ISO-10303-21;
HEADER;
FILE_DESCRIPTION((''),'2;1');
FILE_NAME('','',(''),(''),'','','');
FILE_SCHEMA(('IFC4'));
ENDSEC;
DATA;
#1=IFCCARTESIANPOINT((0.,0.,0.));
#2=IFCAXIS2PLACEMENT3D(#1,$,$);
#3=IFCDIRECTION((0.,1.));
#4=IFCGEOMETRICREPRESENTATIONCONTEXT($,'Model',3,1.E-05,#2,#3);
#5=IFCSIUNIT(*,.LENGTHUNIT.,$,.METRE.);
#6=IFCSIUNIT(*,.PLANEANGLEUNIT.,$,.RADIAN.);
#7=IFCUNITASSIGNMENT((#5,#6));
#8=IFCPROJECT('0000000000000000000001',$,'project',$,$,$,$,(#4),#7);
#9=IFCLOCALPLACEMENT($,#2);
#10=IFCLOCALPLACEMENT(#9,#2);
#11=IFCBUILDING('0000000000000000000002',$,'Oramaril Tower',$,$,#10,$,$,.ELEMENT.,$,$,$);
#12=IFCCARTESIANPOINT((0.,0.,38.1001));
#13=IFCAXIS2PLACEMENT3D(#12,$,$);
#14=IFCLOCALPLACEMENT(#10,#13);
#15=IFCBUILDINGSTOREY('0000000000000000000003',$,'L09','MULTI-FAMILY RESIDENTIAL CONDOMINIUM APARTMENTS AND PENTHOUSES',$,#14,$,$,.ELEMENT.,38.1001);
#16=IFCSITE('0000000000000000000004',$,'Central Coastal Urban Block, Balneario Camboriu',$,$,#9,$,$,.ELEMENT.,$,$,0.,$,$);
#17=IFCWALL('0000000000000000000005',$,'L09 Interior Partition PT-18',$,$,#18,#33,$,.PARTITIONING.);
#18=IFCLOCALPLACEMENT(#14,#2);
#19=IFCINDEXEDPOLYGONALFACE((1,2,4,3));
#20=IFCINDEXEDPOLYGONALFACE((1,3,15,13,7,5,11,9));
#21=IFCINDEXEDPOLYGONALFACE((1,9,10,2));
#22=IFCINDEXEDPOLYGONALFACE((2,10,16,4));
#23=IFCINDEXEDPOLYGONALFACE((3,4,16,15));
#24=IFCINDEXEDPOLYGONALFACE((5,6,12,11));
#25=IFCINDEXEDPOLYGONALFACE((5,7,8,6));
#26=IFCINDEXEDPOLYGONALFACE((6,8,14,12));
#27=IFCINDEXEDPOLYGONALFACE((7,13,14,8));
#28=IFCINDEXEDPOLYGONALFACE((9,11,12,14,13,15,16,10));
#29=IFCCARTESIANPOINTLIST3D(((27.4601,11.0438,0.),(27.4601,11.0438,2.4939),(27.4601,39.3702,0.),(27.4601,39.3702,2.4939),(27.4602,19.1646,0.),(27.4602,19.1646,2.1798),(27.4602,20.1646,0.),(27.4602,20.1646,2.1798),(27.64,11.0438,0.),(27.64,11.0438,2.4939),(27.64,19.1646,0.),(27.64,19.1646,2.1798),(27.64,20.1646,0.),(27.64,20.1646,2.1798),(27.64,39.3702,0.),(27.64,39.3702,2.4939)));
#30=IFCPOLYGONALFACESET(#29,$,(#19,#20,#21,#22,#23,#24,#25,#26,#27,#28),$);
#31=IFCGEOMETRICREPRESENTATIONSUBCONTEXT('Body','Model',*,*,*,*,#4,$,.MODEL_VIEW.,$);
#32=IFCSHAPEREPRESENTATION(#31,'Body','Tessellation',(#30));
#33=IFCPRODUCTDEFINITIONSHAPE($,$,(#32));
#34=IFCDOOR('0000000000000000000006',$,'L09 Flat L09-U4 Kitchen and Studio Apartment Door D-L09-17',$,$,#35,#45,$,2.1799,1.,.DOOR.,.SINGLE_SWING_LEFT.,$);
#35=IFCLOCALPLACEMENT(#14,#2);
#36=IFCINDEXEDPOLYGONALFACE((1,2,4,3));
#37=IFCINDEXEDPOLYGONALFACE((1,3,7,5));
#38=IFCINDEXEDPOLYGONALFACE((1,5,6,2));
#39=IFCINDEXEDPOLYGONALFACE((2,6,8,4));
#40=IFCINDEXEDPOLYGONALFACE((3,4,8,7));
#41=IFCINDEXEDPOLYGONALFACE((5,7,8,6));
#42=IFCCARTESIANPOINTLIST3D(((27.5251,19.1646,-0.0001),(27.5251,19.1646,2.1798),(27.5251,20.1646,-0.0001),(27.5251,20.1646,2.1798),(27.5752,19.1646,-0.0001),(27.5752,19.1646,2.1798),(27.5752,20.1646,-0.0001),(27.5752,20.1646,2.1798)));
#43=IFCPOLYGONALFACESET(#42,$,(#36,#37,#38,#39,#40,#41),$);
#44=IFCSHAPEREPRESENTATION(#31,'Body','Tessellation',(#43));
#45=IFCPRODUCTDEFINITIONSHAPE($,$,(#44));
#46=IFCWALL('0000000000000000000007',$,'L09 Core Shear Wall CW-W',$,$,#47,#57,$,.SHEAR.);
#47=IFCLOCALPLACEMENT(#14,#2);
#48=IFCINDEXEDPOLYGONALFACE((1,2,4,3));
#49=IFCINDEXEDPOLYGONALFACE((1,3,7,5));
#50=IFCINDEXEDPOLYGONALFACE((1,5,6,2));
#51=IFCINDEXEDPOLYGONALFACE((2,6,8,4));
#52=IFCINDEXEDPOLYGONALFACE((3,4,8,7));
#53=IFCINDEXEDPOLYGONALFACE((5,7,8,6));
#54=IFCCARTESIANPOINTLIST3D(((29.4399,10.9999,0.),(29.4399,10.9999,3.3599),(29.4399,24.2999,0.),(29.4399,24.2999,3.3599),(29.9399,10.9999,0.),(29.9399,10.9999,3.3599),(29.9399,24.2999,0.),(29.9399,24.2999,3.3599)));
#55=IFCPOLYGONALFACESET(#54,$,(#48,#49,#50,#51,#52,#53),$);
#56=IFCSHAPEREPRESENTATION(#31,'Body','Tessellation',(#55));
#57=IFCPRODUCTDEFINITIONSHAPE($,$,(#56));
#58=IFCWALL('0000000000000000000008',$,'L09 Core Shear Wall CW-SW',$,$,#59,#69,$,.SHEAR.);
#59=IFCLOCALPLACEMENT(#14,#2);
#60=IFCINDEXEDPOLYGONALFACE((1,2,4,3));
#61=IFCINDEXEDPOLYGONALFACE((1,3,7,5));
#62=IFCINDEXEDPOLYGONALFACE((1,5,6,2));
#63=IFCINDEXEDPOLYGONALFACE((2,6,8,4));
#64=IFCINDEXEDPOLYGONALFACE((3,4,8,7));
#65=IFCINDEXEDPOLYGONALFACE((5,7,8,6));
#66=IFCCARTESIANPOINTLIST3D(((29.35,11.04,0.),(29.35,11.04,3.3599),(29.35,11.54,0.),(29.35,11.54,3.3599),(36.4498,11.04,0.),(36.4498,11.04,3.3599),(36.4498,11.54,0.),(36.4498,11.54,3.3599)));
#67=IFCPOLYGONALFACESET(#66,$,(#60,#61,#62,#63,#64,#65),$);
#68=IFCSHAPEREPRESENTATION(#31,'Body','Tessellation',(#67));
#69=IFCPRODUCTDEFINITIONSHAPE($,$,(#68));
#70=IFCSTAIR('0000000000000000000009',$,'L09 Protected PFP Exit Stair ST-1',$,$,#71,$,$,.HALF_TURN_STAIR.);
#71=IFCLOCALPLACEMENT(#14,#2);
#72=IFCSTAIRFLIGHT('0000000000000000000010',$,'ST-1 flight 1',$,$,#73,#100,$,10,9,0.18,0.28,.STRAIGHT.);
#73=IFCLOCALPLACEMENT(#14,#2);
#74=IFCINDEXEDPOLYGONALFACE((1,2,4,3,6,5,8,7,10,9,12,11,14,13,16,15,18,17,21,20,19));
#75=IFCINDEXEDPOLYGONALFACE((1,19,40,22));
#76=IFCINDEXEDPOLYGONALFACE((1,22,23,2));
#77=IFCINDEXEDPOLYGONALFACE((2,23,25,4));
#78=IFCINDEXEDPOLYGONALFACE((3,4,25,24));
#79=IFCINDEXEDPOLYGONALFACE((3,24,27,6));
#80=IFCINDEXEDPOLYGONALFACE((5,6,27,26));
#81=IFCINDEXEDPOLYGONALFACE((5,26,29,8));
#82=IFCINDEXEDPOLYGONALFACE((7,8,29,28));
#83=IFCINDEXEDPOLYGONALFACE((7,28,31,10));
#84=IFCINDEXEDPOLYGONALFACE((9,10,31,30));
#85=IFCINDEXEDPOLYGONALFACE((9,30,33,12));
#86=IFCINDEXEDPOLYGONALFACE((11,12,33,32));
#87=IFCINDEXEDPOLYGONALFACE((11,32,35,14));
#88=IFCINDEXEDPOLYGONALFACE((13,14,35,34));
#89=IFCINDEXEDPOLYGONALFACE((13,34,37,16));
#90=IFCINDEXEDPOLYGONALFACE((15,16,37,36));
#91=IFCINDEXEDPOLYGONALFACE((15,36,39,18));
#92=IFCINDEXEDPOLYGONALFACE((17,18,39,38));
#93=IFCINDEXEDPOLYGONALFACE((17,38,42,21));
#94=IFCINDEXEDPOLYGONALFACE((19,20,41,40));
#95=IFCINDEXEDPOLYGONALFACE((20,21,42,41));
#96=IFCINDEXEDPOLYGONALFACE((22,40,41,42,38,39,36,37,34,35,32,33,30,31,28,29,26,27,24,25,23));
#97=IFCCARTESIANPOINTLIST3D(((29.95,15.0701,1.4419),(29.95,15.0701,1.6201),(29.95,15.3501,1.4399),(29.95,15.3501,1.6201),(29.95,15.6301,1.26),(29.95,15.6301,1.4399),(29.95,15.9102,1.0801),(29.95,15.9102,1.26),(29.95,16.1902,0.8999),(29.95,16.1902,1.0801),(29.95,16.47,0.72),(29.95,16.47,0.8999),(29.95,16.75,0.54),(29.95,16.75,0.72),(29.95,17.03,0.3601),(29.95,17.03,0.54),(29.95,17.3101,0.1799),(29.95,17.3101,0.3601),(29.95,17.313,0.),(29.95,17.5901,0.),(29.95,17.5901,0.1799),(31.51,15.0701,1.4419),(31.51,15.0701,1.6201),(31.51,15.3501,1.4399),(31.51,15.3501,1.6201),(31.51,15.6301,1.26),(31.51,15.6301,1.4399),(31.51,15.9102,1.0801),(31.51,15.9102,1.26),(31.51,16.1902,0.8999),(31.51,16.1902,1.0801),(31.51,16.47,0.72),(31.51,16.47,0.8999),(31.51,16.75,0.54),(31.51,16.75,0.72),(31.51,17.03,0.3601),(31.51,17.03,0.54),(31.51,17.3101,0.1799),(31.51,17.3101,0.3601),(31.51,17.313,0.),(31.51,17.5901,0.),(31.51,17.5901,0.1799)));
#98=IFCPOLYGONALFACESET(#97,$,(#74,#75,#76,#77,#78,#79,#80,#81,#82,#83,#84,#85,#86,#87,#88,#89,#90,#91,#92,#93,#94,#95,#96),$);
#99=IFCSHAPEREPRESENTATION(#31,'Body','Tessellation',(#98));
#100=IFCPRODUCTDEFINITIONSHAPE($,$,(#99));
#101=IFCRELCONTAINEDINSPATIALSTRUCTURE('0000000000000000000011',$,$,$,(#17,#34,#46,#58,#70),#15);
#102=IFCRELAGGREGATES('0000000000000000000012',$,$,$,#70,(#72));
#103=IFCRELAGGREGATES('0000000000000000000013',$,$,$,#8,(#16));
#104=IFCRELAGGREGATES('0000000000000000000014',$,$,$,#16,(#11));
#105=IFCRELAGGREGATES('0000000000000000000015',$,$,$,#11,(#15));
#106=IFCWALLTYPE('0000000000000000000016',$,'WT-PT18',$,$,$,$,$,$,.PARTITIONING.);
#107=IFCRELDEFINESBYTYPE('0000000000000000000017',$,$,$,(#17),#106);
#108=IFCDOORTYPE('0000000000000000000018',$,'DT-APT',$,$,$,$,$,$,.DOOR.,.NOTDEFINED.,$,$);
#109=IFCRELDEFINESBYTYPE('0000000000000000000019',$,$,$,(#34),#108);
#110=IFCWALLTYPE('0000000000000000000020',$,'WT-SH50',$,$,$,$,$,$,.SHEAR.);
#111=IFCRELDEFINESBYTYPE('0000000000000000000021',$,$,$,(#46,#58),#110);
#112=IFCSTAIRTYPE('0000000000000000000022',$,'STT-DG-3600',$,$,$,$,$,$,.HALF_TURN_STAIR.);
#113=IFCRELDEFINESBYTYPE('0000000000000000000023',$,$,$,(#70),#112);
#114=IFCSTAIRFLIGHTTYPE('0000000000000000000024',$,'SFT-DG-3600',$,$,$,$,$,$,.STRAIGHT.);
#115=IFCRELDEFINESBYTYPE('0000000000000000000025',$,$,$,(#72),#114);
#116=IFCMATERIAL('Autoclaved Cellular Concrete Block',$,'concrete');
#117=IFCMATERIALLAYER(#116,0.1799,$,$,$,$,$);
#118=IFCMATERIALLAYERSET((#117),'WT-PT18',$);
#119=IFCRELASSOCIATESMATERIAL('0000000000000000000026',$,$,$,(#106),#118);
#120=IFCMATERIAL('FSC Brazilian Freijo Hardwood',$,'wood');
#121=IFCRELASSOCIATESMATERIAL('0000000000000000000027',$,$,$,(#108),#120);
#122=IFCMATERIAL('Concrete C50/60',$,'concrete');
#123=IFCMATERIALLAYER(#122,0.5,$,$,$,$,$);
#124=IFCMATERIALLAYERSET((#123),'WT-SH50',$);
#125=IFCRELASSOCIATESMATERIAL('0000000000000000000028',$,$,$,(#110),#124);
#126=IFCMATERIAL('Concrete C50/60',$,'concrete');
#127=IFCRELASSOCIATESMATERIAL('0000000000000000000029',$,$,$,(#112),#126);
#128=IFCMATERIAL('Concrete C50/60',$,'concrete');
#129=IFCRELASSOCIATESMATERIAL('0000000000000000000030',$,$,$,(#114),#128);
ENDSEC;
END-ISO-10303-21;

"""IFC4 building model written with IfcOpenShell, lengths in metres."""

from ifc_helpers import new_model, si_unit, direction, frame, frame_2d, origin, place, context, subcontext, project, spatial, polyline, rectangle, outline, extrude, material, layer, layer_set, type_object, element, fill, aggregate, save


model = new_model("IFC4")

# Units and contexts
model_context = context("Model", 3, precision=1e-05, world=origin(), true_north=direction((0.0, 1.0)))
body_context = subcontext(model_context, "Body", "Model", "MODEL_VIEW")
ifc_project = project(units=[si_unit("LENGTHUNIT", "METRE"), si_unit("PLANEANGLEUNIT", "RADIAN")], contexts=[model_context])

# Site, building, storey
site_placement = place(None, origin())
site = spatial("IfcSite", under=ifc_project, at=site_placement, Name="Central Coastal Urban Block, Balneario Camboriu", CompositionType="ELEMENT", RefElevation=0.0)
building_placement = place(site_placement, origin())
building = spatial("IfcBuilding", under=site, at=building_placement, Name="Oramaril Tower", CompositionType="ELEMENT")
storey_placement = place(building_placement, frame((0.0, 0.0, 38.1001)))
storey = spatial("IfcBuildingStorey", under=building, at=storey_placement, Name="L09", Description="MULTI-FAMILY RESIDENTIAL CONDOMINIUM APARTMENTS AND PENTHOUSES", CompositionType="ELEMENT", Elevation=38.1001)

# Wall, opening, door
ifc_material_1 = material(Name="Autoclaved Cellular Concrete Block", Category="concrete")
ifc_layer_1 = layer(ifc_material_1, 0.1799)
ifc_layer_set_1 = layer_set([ifc_layer_1], Name="WT-PT18")
wall_type_1 = type_object("IfcWallType", Name="WT-PT18", PredefinedType="PARTITIONING", material=ifc_layer_set_1)
wall_1_placement = place(storey_placement, frame((27.55, 11.0439, 0.0), z_axis=(0.0, 0.0, 1.0), x_axis=(0.0, 1.0, 0.0)))
wall_1 = element("IfcWall", 1, at=wall_1_placement, inside=storey, type_object=wall_type_1, Name="L09 Interior Partition PT-18", PredefinedType="PARTITIONING", context=body_context, shape_type="SweptSolid", body=[
    extrude(rectangle(XDim=28.3264, YDim=0.1799, at=frame_2d((14.1631, 0.0))), origin(), (0.0, 0.0, 1.0), 2.4939),
])
opening_1_placement = place(wall_1_placement, frame((8.1206, 0.0, 0.0)))
opening_1 = element("IfcOpeningElement", 2, at=opening_1_placement, cuts=wall_1, PredefinedType="OPENING", context=body_context, shape_type="SweptSolid", body=[
    extrude(rectangle(XDim=1.0, YDim=2.1799, at=frame_2d((0.5, 1.0898))), frame((0.0, 0.0898, 0.0), z_axis=(0.0, -1.0, 0.0), x_axis=(1.0, 0.0, 0.0)), (0.0, 0.0, 1.0), 0.1799),
])
ifc_material_2 = material(Name="FSC Brazilian Freijo Hardwood", Category="wood")
door_type_1 = type_object("IfcDoorType", Name="DT-APT", OperationType="NOTDEFINED", PredefinedType="DOOR", material=ifc_material_2)
door_1_placement = place(opening_1_placement, origin())
door_1 = element("IfcDoor", 3, at=door_1_placement, inside=storey, type_object=door_type_1, Name="L09 Flat L09-U4 Kitchen and Studio Apartment Door D-L09-17", OperationType="SINGLE_SWING_LEFT", OverallHeight=2.1799, OverallWidth=1.0, PredefinedType="DOOR", context=body_context, shape_type="SweptSolid", body=[
    extrude(rectangle(XDim=1.0, YDim=2.1799, at=frame_2d((0.5, 1.0898))), frame((0.0, 0.0249, 0.0), z_axis=(0.0, -1.0, 0.0), x_axis=(1.0, 0.0, 0.0)), (0.0, 0.0, 1.0), 0.05),
])
fill(opening_1, door_1)

# Walls
ifc_material_3 = material(Name="Concrete C50/60", Category="concrete")
ifc_layer_2 = layer(ifc_material_3, 0.5)
ifc_layer_set_2 = layer_set([ifc_layer_2], Name="WT-SH50")
wall_type_2 = type_object("IfcWallType", Name="WT-SH50", PredefinedType="SHEAR", material=ifc_layer_set_2)
wall_2_placement = place(storey_placement, frame((29.6899, 11.0, 0.0), z_axis=(0.0, 0.0, 1.0), x_axis=(0.0, 1.0, 0.0)))
element("IfcWall", 4, at=wall_2_placement, inside=storey, type_object=wall_type_2, Name="L09 Core Shear Wall CW-W", PredefinedType="SHEAR", context=body_context, shape_type="SweptSolid", body=[
    extrude(rectangle(XDim=13.3, YDim=0.5, at=frame_2d((6.6499, 0.0))), origin(), (0.0, 0.0, 1.0), 3.3599),
])
wall_3_placement = place(storey_placement, frame((29.3501, 11.29, 0.0), z_axis=(0.0, 0.0, 1.0), x_axis=(1.0, 0.0, 0.0)))
element("IfcWall", 5, at=wall_3_placement, inside=storey, type_object=wall_type_2, Name="L09 Core Shear Wall CW-SW", PredefinedType="SHEAR", context=body_context, shape_type="SweptSolid", body=[
    extrude(rectangle(XDim=7.0999, YDim=0.5, at=frame_2d((3.5498, 0.0))), origin(), (0.0, 0.0, 1.0), 3.3599),
])

# Stair, stair flight
ifc_material_4 = material(Name="Concrete C50/60", Category="concrete")
stair_type = type_object("IfcStairType", Name="STT-DG-3600", PredefinedType="HALF_TURN_STAIR", material=ifc_material_4)
stair_placement = place(storey_placement, origin())
stair = element("IfcStair", 6, at=stair_placement, inside=storey, type_object=stair_type, Name="L09 Protected PFP Exit Stair ST-1", PredefinedType="HALF_TURN_STAIR")
ifc_material_5 = material(Name="Concrete C50/60", Category="concrete")
stair_flight_type = type_object("IfcStairFlightType", Name="SFT-DG-3600", PredefinedType="STRAIGHT", material=ifc_material_5)
stair_flight_placement = place(storey_placement, frame((30.73, 17.5901, 0.0), z_axis=(0.0, 0.0, 1.0), x_axis=(0.0, -1.0, 0.0)))
stair_flight = element("IfcStairFlight", 7, at=stair_flight_placement, type_object=stair_flight_type, Name="ST-1 flight 1", NumberOfRisers=10, NumberOfTreads=9, PredefinedType="STRAIGHT", RiserHeight=0.18, TreadLength=0.28, context=body_context, shape_type="SweptSolid", body=[
    extrude(outline(polyline([(0.0, 0.0), (0.0, 0.1799), (0.28, 0.1799), (0.28, 0.3601), (0.5601, 0.3601), (0.5601, 0.54), (0.8401, 0.54), (0.8401, 0.72), (1.1201, 0.72), (1.1201, 0.8999), (1.3999, 0.8999), (1.3999, 1.0801), (1.6799, 1.0801), (1.6799, 1.26), (1.96, 1.26), (1.96, 1.4399), (2.24, 1.4399), (2.24, 1.6201), (2.52, 1.6201), (2.52, 1.8), (2.52, 1.4419), (0.2771, 0.0), (0.0, 0.0)])), frame((0.0, 0.78, 0.0), z_axis=(0.0, -1.0, 0.0), x_axis=(1.0, 0.0, 0.0)), (0.0, 0.0, 1.0), 1.5601),
])
aggregate(stair, [stair_flight])

save(model, "model.ifc")
